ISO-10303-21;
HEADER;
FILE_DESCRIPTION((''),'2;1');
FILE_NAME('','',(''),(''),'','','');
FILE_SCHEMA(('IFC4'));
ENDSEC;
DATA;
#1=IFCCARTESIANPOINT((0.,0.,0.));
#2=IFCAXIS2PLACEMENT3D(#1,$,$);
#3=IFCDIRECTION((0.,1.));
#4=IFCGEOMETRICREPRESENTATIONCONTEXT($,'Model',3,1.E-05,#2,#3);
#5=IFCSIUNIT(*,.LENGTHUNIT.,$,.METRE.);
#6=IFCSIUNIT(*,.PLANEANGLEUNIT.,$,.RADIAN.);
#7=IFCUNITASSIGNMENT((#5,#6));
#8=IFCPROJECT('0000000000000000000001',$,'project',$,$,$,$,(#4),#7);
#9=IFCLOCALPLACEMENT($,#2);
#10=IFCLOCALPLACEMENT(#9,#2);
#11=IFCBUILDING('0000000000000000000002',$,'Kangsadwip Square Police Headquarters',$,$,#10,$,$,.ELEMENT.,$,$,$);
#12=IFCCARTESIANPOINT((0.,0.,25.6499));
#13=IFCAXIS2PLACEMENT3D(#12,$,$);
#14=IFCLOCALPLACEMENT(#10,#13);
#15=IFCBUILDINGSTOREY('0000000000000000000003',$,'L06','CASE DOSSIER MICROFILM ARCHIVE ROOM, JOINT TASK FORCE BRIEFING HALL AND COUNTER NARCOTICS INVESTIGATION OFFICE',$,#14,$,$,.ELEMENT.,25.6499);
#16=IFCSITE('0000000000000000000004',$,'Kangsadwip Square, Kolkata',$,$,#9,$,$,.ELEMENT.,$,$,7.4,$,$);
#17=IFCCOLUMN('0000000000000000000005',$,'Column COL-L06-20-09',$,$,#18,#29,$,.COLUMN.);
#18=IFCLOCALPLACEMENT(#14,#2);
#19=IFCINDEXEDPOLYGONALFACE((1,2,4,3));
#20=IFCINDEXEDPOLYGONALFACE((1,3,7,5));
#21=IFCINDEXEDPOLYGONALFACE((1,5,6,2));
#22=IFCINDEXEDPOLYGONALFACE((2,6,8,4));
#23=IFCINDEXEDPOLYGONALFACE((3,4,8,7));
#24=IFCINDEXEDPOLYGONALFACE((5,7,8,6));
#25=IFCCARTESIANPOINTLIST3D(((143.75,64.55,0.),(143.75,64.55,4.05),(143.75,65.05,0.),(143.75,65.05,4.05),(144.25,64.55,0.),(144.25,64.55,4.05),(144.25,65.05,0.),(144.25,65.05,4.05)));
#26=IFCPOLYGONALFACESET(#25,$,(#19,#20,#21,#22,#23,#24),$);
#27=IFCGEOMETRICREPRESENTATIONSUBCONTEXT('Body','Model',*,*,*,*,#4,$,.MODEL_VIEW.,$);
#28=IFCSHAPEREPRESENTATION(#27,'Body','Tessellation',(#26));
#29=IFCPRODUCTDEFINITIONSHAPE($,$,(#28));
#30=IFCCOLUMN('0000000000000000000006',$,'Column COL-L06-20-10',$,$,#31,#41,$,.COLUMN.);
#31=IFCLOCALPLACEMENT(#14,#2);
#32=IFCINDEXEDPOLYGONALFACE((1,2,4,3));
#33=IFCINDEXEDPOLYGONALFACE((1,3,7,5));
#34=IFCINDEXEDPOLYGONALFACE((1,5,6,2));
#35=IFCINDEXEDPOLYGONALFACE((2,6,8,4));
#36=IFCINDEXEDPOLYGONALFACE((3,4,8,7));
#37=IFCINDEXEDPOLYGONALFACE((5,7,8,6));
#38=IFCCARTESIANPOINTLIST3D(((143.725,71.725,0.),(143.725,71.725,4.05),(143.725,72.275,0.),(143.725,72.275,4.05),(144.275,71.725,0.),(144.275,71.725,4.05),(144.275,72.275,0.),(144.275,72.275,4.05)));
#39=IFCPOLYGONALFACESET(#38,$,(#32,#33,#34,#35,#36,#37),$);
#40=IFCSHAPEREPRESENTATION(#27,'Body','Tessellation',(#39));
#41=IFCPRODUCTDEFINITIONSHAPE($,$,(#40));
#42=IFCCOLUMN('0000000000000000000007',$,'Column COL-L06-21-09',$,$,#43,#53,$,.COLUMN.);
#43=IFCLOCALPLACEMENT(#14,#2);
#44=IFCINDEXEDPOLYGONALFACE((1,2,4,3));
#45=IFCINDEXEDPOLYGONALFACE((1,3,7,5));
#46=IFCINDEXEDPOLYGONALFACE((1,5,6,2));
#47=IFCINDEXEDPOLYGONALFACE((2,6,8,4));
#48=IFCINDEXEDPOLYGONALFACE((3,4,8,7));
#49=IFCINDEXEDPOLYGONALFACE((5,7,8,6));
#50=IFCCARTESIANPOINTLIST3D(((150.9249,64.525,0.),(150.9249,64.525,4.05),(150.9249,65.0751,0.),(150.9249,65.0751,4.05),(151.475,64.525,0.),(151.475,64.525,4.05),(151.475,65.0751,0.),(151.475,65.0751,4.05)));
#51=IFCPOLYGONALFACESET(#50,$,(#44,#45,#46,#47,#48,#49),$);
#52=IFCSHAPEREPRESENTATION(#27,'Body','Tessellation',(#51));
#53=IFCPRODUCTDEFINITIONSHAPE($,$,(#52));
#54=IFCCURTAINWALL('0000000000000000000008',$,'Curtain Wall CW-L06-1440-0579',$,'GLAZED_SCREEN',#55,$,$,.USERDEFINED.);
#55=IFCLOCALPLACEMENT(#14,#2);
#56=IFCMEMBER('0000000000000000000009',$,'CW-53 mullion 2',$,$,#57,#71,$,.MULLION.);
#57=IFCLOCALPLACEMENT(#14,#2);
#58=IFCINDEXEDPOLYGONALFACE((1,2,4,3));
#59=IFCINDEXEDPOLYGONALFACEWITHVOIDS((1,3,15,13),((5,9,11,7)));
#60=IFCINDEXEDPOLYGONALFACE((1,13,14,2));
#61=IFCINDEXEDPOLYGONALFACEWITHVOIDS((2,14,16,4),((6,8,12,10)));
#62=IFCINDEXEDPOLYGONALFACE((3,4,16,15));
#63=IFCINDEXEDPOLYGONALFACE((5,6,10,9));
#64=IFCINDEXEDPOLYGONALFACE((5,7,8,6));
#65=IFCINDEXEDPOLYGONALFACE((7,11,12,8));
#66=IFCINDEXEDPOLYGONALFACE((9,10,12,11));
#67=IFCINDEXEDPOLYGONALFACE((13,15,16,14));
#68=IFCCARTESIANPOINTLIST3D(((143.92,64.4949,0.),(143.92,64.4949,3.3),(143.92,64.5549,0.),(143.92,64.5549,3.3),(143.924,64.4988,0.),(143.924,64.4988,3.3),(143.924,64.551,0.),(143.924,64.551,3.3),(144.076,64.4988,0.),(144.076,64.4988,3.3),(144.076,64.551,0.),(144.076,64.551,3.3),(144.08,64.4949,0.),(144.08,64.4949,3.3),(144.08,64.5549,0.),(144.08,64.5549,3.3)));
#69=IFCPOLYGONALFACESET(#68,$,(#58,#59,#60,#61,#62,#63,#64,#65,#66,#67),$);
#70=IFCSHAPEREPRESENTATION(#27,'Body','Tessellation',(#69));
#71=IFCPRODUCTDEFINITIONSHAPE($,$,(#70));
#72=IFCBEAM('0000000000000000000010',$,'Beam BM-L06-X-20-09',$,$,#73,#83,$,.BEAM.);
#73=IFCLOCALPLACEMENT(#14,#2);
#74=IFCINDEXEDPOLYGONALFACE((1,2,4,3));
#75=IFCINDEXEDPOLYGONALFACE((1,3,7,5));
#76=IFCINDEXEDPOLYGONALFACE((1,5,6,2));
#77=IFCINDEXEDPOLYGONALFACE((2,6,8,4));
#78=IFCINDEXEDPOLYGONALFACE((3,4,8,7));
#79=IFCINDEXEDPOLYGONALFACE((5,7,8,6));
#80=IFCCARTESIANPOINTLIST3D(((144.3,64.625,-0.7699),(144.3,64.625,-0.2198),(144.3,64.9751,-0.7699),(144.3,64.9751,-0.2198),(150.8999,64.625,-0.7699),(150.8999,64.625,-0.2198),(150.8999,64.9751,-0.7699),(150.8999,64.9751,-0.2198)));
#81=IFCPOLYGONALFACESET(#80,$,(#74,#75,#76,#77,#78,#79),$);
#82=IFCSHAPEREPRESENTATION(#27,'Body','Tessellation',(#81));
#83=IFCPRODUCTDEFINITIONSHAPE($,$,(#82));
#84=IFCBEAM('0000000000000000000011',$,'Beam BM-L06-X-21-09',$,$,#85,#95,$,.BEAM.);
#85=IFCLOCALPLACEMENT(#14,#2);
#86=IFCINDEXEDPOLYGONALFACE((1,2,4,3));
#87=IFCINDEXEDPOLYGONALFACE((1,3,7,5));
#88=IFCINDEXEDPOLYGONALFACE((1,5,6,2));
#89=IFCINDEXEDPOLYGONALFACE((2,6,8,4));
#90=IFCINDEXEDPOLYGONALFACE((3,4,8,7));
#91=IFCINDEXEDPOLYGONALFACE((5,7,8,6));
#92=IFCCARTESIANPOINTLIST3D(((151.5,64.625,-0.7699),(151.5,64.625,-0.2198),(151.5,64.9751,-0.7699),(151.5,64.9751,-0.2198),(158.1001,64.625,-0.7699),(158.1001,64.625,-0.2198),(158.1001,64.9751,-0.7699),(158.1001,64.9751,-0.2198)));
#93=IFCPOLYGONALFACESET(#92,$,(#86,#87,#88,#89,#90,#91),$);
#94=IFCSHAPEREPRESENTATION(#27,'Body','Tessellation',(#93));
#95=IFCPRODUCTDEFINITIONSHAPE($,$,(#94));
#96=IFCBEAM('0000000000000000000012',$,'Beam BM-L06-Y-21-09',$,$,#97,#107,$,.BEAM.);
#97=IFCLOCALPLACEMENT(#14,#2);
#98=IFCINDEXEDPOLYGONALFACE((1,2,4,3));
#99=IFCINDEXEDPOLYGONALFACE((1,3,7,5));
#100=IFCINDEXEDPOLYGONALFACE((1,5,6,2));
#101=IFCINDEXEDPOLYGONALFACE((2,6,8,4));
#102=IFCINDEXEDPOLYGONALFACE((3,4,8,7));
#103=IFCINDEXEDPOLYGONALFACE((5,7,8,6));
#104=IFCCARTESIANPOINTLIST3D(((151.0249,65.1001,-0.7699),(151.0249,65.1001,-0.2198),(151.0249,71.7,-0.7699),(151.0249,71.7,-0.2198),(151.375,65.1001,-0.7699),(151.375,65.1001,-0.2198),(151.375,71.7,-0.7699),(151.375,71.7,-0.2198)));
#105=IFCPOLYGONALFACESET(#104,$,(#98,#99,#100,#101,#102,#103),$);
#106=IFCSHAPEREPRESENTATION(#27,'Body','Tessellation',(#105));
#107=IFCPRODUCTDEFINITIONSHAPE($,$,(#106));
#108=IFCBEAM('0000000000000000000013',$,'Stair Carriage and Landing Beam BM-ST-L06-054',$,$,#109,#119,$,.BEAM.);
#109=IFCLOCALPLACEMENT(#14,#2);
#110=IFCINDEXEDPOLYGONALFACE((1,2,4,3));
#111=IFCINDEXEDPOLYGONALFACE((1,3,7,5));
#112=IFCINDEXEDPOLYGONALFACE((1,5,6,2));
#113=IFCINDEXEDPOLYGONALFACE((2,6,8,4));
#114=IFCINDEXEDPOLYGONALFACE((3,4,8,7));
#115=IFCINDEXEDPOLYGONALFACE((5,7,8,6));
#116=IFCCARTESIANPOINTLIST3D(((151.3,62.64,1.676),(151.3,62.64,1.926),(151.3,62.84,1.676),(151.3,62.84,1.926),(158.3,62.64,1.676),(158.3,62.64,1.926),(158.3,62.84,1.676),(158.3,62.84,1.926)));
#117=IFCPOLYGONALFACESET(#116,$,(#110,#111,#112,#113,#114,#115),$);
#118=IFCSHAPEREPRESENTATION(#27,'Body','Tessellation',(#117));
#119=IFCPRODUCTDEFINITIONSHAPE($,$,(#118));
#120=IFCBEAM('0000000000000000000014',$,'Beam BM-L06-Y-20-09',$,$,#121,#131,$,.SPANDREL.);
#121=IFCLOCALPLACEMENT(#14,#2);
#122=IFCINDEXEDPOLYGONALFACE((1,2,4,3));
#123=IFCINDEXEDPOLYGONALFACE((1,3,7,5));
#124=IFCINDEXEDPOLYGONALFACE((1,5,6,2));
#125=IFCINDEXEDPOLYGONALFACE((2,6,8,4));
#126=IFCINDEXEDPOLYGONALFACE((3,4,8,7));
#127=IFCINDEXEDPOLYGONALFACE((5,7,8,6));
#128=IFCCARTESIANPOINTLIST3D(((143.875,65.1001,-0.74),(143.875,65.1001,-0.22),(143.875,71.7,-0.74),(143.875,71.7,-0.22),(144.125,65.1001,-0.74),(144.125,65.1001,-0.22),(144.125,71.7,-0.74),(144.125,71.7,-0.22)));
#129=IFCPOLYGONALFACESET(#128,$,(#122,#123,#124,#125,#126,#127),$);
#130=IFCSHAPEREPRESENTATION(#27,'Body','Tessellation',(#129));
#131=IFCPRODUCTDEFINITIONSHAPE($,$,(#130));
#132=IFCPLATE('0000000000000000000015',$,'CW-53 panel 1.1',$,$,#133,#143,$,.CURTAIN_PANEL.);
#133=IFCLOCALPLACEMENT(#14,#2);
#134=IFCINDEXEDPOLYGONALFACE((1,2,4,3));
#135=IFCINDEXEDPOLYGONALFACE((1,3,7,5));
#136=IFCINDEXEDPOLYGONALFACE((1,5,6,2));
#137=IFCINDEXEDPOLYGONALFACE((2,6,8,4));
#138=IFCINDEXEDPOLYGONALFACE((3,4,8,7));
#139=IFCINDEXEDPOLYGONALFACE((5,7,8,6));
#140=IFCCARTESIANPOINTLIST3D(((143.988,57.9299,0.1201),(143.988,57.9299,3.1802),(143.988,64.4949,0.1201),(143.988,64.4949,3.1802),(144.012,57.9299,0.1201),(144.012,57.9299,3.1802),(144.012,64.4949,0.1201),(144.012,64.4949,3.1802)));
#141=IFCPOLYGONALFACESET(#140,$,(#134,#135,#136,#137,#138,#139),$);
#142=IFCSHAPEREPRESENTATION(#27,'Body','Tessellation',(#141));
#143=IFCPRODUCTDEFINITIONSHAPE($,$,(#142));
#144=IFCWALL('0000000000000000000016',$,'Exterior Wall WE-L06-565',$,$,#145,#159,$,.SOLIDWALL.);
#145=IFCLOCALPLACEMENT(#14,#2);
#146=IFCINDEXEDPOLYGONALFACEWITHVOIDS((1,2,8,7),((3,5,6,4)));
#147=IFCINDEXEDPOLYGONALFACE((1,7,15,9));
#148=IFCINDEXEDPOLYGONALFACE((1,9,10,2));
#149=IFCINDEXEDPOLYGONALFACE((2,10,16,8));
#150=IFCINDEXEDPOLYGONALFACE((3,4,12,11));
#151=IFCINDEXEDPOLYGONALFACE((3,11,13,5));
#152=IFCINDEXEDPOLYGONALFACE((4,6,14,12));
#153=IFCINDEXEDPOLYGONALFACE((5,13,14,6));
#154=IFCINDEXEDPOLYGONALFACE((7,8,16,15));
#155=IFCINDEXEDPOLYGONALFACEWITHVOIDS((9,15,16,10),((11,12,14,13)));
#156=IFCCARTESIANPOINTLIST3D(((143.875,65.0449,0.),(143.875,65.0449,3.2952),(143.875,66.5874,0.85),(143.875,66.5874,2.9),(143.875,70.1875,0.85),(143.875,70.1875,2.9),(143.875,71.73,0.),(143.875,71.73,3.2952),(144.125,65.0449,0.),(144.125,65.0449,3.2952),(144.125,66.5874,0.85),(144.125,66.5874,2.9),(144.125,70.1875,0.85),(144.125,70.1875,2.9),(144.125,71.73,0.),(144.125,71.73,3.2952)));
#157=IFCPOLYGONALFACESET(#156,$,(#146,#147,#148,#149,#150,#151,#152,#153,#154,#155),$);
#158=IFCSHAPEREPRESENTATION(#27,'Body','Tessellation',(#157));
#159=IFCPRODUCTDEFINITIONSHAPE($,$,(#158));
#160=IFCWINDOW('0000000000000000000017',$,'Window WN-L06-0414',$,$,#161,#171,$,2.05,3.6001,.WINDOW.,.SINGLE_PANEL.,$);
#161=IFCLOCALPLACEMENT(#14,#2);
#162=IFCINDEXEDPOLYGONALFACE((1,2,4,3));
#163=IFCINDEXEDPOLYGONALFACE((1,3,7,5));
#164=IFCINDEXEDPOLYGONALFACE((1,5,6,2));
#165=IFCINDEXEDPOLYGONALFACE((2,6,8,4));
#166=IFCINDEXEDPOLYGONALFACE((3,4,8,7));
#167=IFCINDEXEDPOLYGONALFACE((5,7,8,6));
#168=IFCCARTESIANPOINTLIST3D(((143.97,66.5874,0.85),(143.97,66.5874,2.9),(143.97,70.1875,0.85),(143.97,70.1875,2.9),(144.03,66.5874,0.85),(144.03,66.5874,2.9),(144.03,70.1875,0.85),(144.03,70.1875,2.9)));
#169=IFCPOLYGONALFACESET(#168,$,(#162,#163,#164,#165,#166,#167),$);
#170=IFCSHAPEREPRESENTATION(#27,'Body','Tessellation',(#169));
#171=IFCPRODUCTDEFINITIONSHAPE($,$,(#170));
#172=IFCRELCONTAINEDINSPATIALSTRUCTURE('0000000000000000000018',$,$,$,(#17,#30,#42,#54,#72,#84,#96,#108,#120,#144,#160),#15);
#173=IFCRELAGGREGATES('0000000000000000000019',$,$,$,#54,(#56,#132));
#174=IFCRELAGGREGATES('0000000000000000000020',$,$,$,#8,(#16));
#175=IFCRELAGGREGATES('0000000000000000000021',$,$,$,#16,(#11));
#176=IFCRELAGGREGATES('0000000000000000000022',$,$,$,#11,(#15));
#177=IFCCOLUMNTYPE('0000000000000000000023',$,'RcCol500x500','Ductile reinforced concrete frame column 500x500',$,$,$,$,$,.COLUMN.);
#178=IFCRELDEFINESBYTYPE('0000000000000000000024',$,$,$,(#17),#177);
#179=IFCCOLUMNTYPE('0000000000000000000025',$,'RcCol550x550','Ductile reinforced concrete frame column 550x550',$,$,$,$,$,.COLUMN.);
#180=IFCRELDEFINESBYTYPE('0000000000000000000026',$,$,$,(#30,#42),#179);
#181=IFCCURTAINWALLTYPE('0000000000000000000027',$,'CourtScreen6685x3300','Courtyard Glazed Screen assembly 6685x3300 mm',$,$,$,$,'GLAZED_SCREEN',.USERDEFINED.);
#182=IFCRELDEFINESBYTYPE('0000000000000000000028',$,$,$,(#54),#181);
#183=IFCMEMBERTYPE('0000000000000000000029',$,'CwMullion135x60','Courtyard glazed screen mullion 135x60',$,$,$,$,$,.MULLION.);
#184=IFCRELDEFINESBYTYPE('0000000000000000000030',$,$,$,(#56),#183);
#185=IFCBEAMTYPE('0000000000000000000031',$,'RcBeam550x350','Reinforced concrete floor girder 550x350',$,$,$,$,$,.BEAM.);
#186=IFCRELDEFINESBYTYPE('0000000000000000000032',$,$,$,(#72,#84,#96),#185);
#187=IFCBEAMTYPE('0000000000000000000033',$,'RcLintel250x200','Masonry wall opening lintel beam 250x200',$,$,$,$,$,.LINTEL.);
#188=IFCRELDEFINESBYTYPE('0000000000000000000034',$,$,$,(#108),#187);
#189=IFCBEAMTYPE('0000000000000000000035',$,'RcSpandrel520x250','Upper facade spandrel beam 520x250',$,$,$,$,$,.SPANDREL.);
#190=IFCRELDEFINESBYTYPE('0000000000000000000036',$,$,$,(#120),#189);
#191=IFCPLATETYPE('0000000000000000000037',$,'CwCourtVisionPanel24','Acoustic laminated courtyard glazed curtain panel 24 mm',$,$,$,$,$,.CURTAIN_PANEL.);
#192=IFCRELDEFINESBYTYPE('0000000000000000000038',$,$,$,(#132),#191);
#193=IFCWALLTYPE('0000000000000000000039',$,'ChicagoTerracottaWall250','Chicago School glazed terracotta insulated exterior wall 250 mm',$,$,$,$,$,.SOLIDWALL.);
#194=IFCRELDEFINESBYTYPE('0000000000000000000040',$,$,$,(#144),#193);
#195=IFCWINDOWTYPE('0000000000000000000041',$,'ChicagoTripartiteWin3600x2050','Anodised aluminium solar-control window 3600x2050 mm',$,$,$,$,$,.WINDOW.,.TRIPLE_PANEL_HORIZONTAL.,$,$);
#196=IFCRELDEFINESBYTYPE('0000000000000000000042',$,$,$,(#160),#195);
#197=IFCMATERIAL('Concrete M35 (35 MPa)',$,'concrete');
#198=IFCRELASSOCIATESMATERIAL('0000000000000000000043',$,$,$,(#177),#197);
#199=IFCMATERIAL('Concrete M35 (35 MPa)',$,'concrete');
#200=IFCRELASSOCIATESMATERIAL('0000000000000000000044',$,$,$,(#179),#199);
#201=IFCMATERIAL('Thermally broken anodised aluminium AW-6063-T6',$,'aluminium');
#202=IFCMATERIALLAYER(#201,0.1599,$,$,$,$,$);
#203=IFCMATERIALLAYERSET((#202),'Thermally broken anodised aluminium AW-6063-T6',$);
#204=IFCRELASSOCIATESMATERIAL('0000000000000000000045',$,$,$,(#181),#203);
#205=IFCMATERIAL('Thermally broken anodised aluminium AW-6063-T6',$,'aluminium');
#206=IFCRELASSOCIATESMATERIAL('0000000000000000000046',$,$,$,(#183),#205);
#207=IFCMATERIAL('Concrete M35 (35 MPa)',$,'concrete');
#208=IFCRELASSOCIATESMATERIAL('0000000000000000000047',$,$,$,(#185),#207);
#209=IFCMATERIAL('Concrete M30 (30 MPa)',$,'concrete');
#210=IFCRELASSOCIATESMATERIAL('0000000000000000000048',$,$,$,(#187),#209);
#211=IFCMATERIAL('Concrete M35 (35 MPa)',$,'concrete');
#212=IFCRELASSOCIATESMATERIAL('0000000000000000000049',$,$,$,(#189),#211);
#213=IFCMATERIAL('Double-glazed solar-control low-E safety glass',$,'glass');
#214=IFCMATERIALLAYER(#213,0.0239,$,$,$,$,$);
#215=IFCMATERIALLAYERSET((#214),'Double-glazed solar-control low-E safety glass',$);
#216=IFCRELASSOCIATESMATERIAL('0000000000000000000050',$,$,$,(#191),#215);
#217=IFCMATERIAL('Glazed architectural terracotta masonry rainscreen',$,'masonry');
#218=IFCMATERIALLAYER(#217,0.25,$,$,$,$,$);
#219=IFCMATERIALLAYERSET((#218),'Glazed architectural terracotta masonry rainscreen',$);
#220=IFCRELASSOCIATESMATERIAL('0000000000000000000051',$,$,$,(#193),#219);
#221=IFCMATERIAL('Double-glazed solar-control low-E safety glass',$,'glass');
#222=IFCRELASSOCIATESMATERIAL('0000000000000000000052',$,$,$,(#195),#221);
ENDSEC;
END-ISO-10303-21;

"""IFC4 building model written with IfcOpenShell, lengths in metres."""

from ifc_helpers import new_model, si_unit, direction, frame, frame_2d, origin, origin_2d, place, context, subcontext, project, spatial, rectangle, hollow_rectangle, extrude, material, layer, layer_set, material_profile, profile_set, type_object, element, fill, aggregate, save


model = new_model("IFC4")

# Units and contexts
model_context = context("Model", 3, precision=1e-05, world=origin(), true_north=direction((0.0, 1.0)))
body_context = subcontext(model_context, "Body", "Model", "MODEL_VIEW")
ifc_project = project(units=[si_unit("LENGTHUNIT", "METRE"), si_unit("PLANEANGLEUNIT", "RADIAN")], contexts=[model_context])

# Site, building, storey
site_placement = place(None, origin())
site = spatial("IfcSite", under=ifc_project, at=site_placement, Name="Kangsadwip Square, Kolkata", CompositionType="ELEMENT", RefElevation=7.4)
building_placement = place(site_placement, origin())
building = spatial("IfcBuilding", under=site, at=building_placement, Name="Kangsadwip Square Police Headquarters", CompositionType="ELEMENT")
storey_placement = place(building_placement, frame((0.0, 0.0, 25.6499)))
storey = spatial("IfcBuildingStorey", under=building, at=storey_placement, Name="L06", Description="CASE DOSSIER MICROFILM ARCHIVE ROOM, JOINT TASK FORCE BRIEFING HALL AND COUNTER NARCOTICS INVESTIGATION OFFICE", CompositionType="ELEMENT", Elevation=25.6499)

# Columns
ifc_material_1 = material(Name="Concrete M35 (35 MPa)", Category="concrete")
ifc_material_profile_1 = material_profile(ifc_material_1, rectangle(XDim=0.5, YDim=0.5, at=origin_2d()), Name="RC COL 500X500")
ifc_profile_set_1 = profile_set([ifc_material_profile_1], Name="Concrete M35 (35 MPa)")
column_type_1 = type_object("IfcColumnType", Name="RcCol500x500", Description="Ductile reinforced concrete frame column 500x500", PredefinedType="COLUMN", material=ifc_profile_set_1)
column_placement = place(storey_placement, frame((144.0, 64.8, 0.0), z_axis=(0.0, 0.0, 1.0), x_axis=(1.0, 0.0, 0.0)))
element("IfcColumn", 1, at=column_placement, inside=storey, type_object=column_type_1, Name="Column COL-L06-20-09", PredefinedType="COLUMN", context=body_context, shape_type="SweptSolid", body=[
    extrude(rectangle(XDim=0.5, YDim=0.5, at=origin_2d()), origin(), (0.0, 0.0, 1.0), 4.05),
])
ifc_material_2 = material(Name="Concrete M35 (35 MPa)", Category="concrete")
ifc_material_profile_2 = material_profile(ifc_material_2, rectangle(XDim=0.55, YDim=0.55, at=origin_2d()), Name="RC COL 550X550")
ifc_profile_set_2 = profile_set([ifc_material_profile_2], Name="Concrete M35 (35 MPa)")
column_type_2 = type_object("IfcColumnType", Name="RcCol550x550", Description="Ductile reinforced concrete frame column 550x550", PredefinedType="COLUMN", material=ifc_profile_set_2)
for number, where, z_axis, x_axis, name in (
    (2, (144.0, 72.0, 0.0), (0.0, 0.0, 1.0), (1.0, 0.0, 0.0), "Column COL-L06-20-10"),
    (3, (151.2, 64.8, 0.0), (0.0, 0.0, 1.0), (1.0, 0.0, 0.0), "Column COL-L06-21-09"),
):
    element("IfcColumn", number, at=place(storey_placement, frame(where, z_axis=z_axis, x_axis=x_axis)), inside=storey, type_object=column_type_2, Name=name, PredefinedType="COLUMN", context=body_context, shape_type="SweptSolid", body=[
        extrude(rectangle(XDim=0.55, YDim=0.55, at=origin_2d()), origin(), (0.0, 0.0, 1.0), 4.05),
    ])

# Curtain wall, member
ifc_material_3 = material(Name="Thermally broken anodised aluminium AW-6063-T6", Category="aluminium")
ifc_layer_1 = layer(ifc_material_3, 0.1599)
ifc_layer_set_1 = layer_set([ifc_layer_1], Name="Thermally broken anodised aluminium AW-6063-T6")
curtain_wall_type = type_object("IfcCurtainWallType", Name="CourtScreen6685x3300", Description="Courtyard Glazed Screen assembly 6685x3300 mm", ElementType="GLAZED_SCREEN", PredefinedType="USERDEFINED", material=ifc_layer_set_1)
curtain_wall_placement = place(storey_placement, origin())
curtain_wall = element("IfcCurtainWall", 4, at=curtain_wall_placement, inside=storey, type_object=curtain_wall_type, Name="Curtain Wall CW-L06-1440-0579", ObjectType="GLAZED_SCREEN", PredefinedType="USERDEFINED")
ifc_material_4 = material(Name="Thermally broken anodised aluminium AW-6063-T6", Category="aluminium")
ifc_material_profile_3 = material_profile(ifc_material_4, hollow_rectangle(XDim=0.0601, YDim=0.1599, WallThickness=0.0039, at=origin_2d()), Name="CWM 160X60X4")
ifc_profile_set_3 = profile_set([ifc_material_profile_3], Name="Thermally broken anodised aluminium AW-6063-T6")
member_type = type_object("IfcMemberType", Name="CwMullion135x60", Description="Courtyard glazed screen mullion 135x60", PredefinedType="MULLION", material=ifc_profile_set_3)
member_placement = place(storey_placement, frame((144.0, 64.5249, 0.0), z_axis=(0.0, 0.0, 1.0), x_axis=(0.0, 1.0, 0.0)))
member = element("IfcMember", 5, at=member_placement, type_object=member_type, Name="CW-53 mullion 2", PredefinedType="MULLION", context=body_context, shape_type="SweptSolid", body=[
    extrude(hollow_rectangle(XDim=0.0601, YDim=0.1599, WallThickness=0.0039, at=origin_2d()), origin(), (0.0, 0.0, 1.0), 3.3),
])

# Beams
ifc_material_5 = material(Name="Concrete M35 (35 MPa)", Category="concrete")
ifc_material_profile_4 = material_profile(ifc_material_5, rectangle(XDim=0.3501, YDim=0.55, at=origin_2d()), Name="RC BM 550X350")
ifc_profile_set_4 = profile_set([ifc_material_profile_4], Name="Concrete M35 (35 MPa)")
beam_type_1 = type_object("IfcBeamType", Name="RcBeam550x350", Description="Reinforced concrete floor girder 550x350", PredefinedType="BEAM", material=ifc_profile_set_4)
beam_1_placement = place(storey_placement, frame((144.3, 64.8, -0.4949), z_axis=(1.0, 0.0, 0.0), x_axis=(0.0, 1.0, 0.0)))
element("IfcBeam", 6, at=beam_1_placement, inside=storey, type_object=beam_type_1, Name="Beam BM-L06-X-20-09", PredefinedType="BEAM", context=body_context, shape_type="SweptSolid", body=[
    extrude(rectangle(XDim=0.3501, YDim=0.55, at=origin_2d()), origin(), (0.0, 0.0, 1.0), 6.5999),
])
beam_2_placement = place(storey_placement, frame((151.5, 64.8, -0.4949), z_axis=(1.0, 0.0, 0.0), x_axis=(0.0, 1.0, 0.0)))
element("IfcBeam", 7, at=beam_2_placement, inside=storey, type_object=beam_type_1, Name="Beam BM-L06-X-21-09", PredefinedType="BEAM", context=body_context, shape_type="SweptSolid", body=[
    extrude(rectangle(XDim=0.3501, YDim=0.55, at=origin_2d()), origin(), (0.0, 0.0, 1.0), 6.6001),
])
beam_3_placement = place(storey_placement, frame((151.2, 65.1001, -0.4949), z_axis=(0.0, 1.0, 0.0), x_axis=(-1.0, 0.0, 0.0)))
element("IfcBeam", 8, at=beam_3_placement, inside=storey, type_object=beam_type_1, Name="Beam BM-L06-Y-21-09", PredefinedType="BEAM", context=body_context, shape_type="SweptSolid", body=[
    extrude(rectangle(XDim=0.3501, YDim=0.55, at=origin_2d()), origin(), (0.0, 0.0, 1.0), 6.5999),
])
ifc_material_6 = material(Name="Concrete M30 (30 MPa)", Category="concrete")
ifc_material_profile_5 = material_profile(ifc_material_6, rectangle(XDim=0.2, YDim=0.25, at=origin_2d()), Name="RC LNT 250X200")
ifc_profile_set_5 = profile_set([ifc_material_profile_5], Name="Concrete M30 (30 MPa)")
beam_type_2 = type_object("IfcBeamType", Name="RcLintel250x200", Description="Masonry wall opening lintel beam 250x200", PredefinedType="LINTEL", material=ifc_profile_set_5)
beam_4_placement = place(storey_placement, frame((151.3, 62.74, 1.801), z_axis=(1.0, 0.0, 0.0), x_axis=(0.0, 1.0, 0.0)))
element("IfcBeam", 9, at=beam_4_placement, inside=storey, type_object=beam_type_2, Name="Stair Carriage and Landing Beam BM-ST-L06-054", PredefinedType="BEAM", context=body_context, shape_type="SweptSolid", body=[
    extrude(rectangle(XDim=0.2, YDim=0.25, at=origin_2d()), origin(), (0.0, 0.0, 1.0), 7.0),
])
ifc_material_7 = material(Name="Concrete M35 (35 MPa)", Category="concrete")
ifc_material_profile_6 = material_profile(ifc_material_7, rectangle(XDim=0.25, YDim=0.52, at=origin_2d()), Name="RC SPN 520X250")
ifc_profile_set_6 = profile_set([ifc_material_profile_6], Name="Concrete M35 (35 MPa)")
beam_type_3 = type_object("IfcBeamType", Name="RcSpandrel520x250", Description="Upper facade spandrel beam 520x250", PredefinedType="SPANDREL", material=ifc_profile_set_6)
beam_5_placement = place(storey_placement, frame((144.0, 65.1001, -0.48), z_axis=(0.0, 1.0, 0.0), x_axis=(-1.0, 0.0, 0.0)))
element("IfcBeam", 10, at=beam_5_placement, inside=storey, type_object=beam_type_3, Name="Beam BM-L06-Y-20-09", PredefinedType="SPANDREL", context=body_context, shape_type="SweptSolid", body=[
    extrude(rectangle(XDim=0.25, YDim=0.52, at=origin_2d()), origin(), (0.0, 0.0, 1.0), 6.5999),
])

# Plate
ifc_material_8 = material(Name="Double-glazed solar-control low-E safety glass", Category="glass")
ifc_layer_2 = layer(ifc_material_8, 0.0239)
ifc_layer_set_2 = layer_set([ifc_layer_2], Name="Double-glazed solar-control low-E safety glass")
plate_type = type_object("IfcPlateType", Name="CwCourtVisionPanel24", Description="Acoustic laminated courtyard glazed curtain panel 24 mm", PredefinedType="CURTAIN_PANEL", material=ifc_layer_set_2)
plate_placement = place(storey_placement, frame((144.0, 61.2124, 0.1201), z_axis=(0.0, 0.0, 1.0), x_axis=(0.0, 1.0, 0.0)))
plate = element("IfcPlate", 11, at=plate_placement, type_object=plate_type, Name="CW-53 panel 1.1", PredefinedType="CURTAIN_PANEL", context=body_context, shape_type="SweptSolid", body=[
    extrude(rectangle(XDim=6.5649, YDim=0.0239, at=origin_2d()), origin(), (0.0, 0.0, 1.0), 3.0601),
])
aggregate(curtain_wall, [member, plate])

# Wall, opening, window
ifc_material_9 = material(Name="Glazed architectural terracotta masonry rainscreen", Category="masonry")
ifc_layer_3 = layer(ifc_material_9, 0.25)
ifc_layer_set_3 = layer_set([ifc_layer_3], Name="Glazed architectural terracotta masonry rainscreen")
wall_type_1 = type_object("IfcWallType", Name="ChicagoTerracottaWall250", Description="Chicago School glazed terracotta insulated exterior wall 250 mm", PredefinedType="SOLIDWALL", material=ifc_layer_set_3)
wall_1_placement = place(storey_placement, frame((144.0, 65.0449, 0.0), z_axis=(0.0, 0.0, 1.0), x_axis=(0.0, 1.0, 0.0)))
wall_1 = element("IfcWall", 12, at=wall_1_placement, inside=storey, type_object=wall_type_1, Name="Exterior Wall WE-L06-565", PredefinedType="SOLIDWALL", context=body_context, shape_type="SweptSolid", body=[
    extrude(rectangle(XDim=6.6851, YDim=0.25, at=frame_2d((3.3425, 0.0))), origin(), (0.0, 0.0, 1.0), 3.2952),
])
opening_placement = place(wall_1_placement, frame((1.5425, 0.0, 0.8501)))
opening = element("IfcOpeningElement", 13, at=opening_placement, cuts=wall_1, PredefinedType="OPENING", context=body_context, shape_type="SweptSolid", body=[
    extrude(rectangle(XDim=3.6001, YDim=2.05, at=frame_2d((1.8, 1.0249))), frame((0.0, 0.135, 0.0), z_axis=(0.0, -1.0, 0.0), x_axis=(1.0, 0.0, 0.0)), (0.0, 0.0, 1.0), 0.27),
])
ifc_material_10 = material(Name="Double-glazed solar-control low-E safety glass", Category="glass")
window_type = type_object("IfcWindowType", Name="ChicagoTripartiteWin3600x2050", Description="Anodised aluminium solar-control window 3600x2050 mm", PartitioningType="TRIPLE_PANEL_HORIZONTAL", PredefinedType="WINDOW", material=ifc_material_10)
window_placement = place(opening_placement, origin())
window = element("IfcWindow", 14, at=window_placement, inside=storey, type_object=window_type, Name="Window WN-L06-0414", OverallHeight=2.05, OverallWidth=3.6001, PartitioningType="SINGLE_PANEL", PredefinedType="WINDOW", context=body_context, shape_type="SweptSolid", body=[
    extrude(rectangle(XDim=3.6001, YDim=2.05, at=frame_2d((1.8, 1.0249))), frame((0.0, 0.03, 0.0), z_axis=(0.0, -1.0, 0.0), x_axis=(1.0, 0.0, 0.0)), (0.0, 0.0, 1.0), 0.0601),
])
fill(opening, window)

save(model, "model.ifc")
